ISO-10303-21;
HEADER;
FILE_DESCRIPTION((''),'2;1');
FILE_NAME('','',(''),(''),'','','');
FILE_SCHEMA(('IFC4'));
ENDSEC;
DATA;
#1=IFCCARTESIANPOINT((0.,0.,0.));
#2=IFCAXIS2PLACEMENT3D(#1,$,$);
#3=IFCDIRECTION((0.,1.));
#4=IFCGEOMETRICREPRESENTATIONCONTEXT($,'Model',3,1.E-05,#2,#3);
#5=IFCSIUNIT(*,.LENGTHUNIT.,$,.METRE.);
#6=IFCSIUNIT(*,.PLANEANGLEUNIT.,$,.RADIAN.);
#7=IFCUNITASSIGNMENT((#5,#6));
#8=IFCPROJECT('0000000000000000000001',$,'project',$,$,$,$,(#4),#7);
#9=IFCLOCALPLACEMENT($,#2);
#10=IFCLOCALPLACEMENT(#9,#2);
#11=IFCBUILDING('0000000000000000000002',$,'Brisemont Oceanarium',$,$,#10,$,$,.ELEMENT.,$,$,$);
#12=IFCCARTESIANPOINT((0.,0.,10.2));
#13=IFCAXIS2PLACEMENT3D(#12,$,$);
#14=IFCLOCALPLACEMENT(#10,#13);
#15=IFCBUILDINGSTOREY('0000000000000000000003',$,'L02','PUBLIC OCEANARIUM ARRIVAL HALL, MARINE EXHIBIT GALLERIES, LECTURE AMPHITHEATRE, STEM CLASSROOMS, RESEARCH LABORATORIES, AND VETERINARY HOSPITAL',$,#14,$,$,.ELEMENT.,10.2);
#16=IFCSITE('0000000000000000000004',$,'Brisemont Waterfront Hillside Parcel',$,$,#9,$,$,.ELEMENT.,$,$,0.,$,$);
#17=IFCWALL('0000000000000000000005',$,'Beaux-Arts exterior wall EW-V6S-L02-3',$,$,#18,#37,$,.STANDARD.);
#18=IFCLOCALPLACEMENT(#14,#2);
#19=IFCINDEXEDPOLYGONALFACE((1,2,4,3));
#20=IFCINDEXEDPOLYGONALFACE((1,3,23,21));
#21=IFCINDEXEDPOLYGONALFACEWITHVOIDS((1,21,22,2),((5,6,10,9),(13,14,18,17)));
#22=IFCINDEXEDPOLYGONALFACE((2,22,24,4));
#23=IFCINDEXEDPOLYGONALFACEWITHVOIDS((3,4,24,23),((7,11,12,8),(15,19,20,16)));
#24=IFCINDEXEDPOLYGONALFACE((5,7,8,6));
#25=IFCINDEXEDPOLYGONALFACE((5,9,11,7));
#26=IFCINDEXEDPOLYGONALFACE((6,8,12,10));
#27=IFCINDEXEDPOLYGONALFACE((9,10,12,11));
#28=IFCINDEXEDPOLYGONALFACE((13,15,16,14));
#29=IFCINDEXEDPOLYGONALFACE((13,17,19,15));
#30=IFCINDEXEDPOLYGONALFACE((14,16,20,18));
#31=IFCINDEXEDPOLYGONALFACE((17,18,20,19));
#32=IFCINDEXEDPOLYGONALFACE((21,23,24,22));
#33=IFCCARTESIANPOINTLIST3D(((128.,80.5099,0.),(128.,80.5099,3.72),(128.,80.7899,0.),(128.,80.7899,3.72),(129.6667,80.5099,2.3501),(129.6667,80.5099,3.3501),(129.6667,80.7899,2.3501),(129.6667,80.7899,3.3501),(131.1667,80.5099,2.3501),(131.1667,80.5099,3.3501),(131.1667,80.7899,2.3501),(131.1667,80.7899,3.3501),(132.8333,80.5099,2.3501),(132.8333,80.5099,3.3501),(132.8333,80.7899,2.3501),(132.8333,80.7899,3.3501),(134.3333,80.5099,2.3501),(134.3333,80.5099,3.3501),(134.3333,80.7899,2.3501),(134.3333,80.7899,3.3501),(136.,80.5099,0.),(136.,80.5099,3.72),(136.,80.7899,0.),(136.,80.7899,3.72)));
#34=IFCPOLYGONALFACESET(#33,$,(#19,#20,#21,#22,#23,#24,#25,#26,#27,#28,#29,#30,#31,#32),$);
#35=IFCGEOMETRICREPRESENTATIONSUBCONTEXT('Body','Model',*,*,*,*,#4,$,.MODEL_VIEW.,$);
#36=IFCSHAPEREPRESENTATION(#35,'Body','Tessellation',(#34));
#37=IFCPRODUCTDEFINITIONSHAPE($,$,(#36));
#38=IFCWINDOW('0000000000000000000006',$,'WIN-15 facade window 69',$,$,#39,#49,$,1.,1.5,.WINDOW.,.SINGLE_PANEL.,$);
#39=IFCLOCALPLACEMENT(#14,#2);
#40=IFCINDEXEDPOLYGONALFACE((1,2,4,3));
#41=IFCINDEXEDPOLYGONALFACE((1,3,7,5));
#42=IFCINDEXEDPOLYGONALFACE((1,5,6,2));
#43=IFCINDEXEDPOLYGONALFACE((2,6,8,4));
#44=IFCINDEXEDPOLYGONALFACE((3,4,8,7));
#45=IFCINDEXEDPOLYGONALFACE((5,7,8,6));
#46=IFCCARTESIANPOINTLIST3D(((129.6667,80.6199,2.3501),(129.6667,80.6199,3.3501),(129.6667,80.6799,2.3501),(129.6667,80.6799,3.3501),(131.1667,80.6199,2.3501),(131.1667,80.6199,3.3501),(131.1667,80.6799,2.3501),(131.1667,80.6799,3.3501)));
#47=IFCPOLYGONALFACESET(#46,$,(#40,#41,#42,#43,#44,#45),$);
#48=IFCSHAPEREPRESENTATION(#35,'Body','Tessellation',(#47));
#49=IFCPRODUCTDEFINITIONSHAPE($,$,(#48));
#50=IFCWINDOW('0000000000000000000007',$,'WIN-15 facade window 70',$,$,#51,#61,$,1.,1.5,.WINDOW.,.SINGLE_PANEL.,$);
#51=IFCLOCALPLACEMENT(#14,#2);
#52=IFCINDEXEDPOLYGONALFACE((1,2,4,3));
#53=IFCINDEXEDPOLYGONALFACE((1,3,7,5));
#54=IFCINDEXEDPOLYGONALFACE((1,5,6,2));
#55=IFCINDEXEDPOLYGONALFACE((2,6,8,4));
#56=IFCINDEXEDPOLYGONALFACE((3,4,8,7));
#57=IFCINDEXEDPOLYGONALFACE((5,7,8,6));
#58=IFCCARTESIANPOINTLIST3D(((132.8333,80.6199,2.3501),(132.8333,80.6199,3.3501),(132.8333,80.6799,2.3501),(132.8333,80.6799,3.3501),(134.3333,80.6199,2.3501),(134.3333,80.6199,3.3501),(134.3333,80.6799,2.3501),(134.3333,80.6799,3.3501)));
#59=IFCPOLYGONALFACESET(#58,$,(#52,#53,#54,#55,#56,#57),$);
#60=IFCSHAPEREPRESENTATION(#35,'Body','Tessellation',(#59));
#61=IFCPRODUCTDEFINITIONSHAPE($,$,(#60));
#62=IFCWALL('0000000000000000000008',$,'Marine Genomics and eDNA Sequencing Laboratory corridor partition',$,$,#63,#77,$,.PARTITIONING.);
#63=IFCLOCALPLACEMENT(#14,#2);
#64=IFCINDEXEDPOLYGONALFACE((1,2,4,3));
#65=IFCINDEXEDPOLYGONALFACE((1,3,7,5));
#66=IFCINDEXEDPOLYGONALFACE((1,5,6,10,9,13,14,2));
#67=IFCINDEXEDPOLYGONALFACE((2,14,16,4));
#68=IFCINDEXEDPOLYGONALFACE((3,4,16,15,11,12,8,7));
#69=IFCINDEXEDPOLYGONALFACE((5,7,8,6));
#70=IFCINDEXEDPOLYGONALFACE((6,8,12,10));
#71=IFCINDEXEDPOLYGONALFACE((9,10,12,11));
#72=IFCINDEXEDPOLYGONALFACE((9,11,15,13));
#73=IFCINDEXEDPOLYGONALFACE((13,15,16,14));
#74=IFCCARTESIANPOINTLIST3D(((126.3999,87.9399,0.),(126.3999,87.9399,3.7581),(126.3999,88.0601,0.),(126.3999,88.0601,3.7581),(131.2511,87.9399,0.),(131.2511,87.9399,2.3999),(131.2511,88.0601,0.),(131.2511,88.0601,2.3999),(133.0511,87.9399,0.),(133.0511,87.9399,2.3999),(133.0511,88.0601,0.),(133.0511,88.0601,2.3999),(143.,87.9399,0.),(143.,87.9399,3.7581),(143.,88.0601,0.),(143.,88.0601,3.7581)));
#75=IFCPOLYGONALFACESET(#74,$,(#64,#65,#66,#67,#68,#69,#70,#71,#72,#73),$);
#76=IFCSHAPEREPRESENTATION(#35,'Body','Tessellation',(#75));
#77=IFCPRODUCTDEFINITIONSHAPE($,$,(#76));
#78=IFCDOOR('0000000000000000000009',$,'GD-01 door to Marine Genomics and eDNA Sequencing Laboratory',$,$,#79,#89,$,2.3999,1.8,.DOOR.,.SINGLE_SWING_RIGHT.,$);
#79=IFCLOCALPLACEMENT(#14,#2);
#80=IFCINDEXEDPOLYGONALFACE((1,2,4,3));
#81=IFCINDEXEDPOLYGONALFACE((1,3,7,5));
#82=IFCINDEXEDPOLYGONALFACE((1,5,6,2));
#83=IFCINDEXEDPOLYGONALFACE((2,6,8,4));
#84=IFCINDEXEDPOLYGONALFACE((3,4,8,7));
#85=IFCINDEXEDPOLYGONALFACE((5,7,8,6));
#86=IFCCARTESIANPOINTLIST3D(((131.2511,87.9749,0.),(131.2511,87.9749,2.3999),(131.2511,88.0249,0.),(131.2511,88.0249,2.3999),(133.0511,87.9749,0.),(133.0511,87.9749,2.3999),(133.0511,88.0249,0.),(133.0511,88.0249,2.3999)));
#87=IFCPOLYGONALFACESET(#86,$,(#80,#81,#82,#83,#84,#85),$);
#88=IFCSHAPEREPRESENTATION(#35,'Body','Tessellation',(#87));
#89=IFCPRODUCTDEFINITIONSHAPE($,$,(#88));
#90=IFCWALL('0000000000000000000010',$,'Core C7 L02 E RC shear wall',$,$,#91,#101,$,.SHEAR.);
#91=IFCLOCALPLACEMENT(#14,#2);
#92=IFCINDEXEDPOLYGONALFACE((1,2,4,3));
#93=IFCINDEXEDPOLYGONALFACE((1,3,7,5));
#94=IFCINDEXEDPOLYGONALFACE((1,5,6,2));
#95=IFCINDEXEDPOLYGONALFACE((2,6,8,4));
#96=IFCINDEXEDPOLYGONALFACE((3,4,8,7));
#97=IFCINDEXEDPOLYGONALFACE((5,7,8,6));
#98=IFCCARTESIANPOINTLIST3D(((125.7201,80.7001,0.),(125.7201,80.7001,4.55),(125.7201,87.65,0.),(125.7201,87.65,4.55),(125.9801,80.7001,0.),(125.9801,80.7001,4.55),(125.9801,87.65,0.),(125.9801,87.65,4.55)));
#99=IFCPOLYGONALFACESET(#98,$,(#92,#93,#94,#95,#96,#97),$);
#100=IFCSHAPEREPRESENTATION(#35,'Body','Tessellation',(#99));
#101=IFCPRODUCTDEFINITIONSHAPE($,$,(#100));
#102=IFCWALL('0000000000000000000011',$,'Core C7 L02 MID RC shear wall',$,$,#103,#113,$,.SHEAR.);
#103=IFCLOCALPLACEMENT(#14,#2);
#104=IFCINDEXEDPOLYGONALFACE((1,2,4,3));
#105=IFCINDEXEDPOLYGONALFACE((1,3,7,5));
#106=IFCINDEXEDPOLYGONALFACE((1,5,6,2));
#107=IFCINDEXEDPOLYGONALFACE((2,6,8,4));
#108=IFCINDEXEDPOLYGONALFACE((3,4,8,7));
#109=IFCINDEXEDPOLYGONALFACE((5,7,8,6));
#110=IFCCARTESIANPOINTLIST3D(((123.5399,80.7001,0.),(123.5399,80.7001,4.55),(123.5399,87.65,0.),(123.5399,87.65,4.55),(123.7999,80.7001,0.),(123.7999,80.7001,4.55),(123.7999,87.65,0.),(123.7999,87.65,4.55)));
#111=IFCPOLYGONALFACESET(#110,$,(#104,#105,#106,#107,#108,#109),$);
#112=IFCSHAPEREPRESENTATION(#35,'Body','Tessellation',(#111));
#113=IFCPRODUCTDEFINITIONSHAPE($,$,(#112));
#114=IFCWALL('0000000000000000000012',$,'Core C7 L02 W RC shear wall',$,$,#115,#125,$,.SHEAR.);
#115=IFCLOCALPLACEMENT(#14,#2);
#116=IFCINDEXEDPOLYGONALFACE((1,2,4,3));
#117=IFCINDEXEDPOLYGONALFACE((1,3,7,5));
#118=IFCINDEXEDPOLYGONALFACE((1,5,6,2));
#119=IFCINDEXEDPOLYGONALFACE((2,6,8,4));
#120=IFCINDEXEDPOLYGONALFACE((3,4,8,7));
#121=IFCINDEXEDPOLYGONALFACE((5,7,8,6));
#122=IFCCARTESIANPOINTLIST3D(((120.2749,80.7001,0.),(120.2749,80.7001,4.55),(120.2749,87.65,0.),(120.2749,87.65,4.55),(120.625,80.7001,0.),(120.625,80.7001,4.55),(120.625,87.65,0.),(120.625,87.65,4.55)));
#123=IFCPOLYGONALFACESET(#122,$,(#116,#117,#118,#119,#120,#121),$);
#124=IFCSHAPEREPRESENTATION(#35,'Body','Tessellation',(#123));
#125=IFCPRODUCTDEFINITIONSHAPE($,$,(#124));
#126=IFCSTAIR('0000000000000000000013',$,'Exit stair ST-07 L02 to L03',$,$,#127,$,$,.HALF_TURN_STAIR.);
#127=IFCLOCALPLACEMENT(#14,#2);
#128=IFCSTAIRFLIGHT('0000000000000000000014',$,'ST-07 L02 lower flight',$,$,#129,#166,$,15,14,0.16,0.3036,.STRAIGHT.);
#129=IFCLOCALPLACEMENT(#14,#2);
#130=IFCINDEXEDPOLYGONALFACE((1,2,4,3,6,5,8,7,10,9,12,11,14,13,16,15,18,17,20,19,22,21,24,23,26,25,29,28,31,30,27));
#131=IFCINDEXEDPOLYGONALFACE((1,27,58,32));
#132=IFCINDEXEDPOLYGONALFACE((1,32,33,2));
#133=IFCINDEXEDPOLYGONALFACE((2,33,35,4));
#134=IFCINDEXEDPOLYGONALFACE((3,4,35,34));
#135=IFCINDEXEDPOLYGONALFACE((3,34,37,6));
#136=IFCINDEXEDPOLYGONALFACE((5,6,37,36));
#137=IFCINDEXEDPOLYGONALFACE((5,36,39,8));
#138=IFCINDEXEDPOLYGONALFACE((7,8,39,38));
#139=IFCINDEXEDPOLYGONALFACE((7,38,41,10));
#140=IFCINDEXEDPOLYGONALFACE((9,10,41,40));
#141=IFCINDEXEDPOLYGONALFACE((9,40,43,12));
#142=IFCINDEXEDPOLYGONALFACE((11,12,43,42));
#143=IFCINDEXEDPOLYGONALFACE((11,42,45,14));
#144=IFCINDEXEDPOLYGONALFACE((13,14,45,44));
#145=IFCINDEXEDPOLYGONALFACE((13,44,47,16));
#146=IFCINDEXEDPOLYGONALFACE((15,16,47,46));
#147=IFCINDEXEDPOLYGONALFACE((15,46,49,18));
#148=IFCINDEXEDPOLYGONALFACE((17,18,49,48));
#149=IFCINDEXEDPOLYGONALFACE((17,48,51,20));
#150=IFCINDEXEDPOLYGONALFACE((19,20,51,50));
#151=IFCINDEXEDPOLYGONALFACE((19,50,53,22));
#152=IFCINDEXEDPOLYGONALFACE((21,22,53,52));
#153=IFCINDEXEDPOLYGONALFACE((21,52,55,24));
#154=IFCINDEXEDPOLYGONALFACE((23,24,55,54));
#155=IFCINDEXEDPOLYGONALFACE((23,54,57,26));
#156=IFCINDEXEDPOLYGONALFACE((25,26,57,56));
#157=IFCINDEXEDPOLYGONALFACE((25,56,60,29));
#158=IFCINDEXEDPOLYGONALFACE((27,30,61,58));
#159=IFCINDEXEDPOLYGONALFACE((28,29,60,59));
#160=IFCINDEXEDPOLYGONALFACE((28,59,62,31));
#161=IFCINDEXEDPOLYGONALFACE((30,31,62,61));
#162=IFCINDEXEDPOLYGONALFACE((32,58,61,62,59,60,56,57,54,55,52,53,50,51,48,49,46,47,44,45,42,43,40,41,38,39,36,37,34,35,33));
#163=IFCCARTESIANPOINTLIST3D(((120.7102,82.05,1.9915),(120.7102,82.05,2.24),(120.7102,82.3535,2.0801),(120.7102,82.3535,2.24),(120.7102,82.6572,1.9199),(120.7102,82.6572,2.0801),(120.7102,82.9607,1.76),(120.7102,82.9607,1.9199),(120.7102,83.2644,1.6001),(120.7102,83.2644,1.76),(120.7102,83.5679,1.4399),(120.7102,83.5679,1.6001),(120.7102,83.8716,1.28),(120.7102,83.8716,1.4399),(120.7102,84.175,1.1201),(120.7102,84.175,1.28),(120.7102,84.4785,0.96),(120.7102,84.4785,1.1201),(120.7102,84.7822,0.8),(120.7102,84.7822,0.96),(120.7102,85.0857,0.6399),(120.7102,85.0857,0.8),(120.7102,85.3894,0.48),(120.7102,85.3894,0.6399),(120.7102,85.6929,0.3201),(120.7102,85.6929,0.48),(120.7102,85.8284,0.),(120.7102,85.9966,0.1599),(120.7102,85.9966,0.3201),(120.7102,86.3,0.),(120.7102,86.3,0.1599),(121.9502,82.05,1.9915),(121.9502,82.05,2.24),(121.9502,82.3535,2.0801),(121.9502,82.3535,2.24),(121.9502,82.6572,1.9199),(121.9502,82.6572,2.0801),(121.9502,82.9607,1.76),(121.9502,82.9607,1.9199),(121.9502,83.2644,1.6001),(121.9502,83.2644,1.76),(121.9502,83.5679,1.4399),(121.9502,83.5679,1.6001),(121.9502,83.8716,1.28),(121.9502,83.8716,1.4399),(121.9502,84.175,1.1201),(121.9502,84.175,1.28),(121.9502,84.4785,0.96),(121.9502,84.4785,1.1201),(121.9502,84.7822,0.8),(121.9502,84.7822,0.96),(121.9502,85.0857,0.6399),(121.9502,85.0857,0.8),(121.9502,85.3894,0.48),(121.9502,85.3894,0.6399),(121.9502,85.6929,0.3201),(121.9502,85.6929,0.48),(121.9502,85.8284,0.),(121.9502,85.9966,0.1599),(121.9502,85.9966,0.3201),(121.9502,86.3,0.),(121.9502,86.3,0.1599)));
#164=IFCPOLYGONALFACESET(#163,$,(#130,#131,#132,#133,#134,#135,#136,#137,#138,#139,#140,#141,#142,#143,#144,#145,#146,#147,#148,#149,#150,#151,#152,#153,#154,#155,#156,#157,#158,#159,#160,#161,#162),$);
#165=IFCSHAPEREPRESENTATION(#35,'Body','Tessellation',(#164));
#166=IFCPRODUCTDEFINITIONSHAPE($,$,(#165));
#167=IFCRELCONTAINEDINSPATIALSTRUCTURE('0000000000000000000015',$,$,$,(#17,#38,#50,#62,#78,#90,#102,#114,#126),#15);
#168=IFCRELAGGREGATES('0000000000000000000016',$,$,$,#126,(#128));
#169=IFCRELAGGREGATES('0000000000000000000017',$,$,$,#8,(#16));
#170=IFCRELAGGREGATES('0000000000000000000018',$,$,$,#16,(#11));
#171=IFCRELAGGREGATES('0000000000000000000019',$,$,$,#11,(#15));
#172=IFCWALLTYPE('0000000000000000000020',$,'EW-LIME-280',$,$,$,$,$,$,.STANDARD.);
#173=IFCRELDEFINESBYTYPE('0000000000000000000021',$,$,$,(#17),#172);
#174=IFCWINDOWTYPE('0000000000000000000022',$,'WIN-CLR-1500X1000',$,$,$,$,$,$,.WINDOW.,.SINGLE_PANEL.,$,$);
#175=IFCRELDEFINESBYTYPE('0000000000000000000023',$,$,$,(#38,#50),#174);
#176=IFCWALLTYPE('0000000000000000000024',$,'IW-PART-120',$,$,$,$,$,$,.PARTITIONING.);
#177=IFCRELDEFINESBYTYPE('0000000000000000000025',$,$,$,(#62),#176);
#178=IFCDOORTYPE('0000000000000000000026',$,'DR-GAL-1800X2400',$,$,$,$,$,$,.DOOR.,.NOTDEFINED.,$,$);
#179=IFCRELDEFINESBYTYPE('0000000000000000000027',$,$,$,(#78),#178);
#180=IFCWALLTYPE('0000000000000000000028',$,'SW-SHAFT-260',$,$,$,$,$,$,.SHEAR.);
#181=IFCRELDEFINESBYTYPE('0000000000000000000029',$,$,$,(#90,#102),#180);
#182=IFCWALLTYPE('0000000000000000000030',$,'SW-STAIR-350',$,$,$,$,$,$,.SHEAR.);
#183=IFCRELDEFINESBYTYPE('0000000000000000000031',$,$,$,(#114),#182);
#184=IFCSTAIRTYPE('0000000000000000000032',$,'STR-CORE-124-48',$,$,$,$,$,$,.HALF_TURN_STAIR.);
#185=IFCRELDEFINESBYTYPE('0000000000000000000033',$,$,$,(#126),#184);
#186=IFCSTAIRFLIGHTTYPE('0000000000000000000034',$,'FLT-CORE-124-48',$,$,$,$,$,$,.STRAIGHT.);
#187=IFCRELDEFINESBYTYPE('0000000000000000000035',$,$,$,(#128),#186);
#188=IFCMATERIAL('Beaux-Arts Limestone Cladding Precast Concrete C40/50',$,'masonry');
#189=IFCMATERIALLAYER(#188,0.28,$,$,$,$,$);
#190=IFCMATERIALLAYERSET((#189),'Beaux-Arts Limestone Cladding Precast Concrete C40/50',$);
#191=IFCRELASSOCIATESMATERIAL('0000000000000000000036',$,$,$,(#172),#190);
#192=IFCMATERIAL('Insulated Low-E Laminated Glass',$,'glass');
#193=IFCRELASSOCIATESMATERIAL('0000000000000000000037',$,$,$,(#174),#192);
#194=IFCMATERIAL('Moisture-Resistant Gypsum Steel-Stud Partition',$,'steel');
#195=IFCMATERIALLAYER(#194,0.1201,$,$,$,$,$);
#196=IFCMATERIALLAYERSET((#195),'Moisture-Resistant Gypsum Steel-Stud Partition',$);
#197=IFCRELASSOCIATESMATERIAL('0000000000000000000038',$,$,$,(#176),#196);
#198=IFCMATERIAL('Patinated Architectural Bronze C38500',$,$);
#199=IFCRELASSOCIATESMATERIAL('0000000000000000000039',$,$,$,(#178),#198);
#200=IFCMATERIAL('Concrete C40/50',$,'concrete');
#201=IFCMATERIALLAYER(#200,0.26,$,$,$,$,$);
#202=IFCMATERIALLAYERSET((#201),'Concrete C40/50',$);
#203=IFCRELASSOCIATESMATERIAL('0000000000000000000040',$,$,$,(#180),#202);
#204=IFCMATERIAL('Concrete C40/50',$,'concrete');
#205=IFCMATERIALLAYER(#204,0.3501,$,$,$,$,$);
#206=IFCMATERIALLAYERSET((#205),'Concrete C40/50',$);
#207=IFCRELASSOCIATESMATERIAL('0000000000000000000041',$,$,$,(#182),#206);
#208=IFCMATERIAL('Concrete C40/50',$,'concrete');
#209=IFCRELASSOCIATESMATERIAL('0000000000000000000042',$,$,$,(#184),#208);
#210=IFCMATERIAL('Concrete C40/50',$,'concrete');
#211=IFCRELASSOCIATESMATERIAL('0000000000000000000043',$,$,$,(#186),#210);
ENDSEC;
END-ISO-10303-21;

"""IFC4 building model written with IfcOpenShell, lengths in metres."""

from ifc_helpers import new_model, si_unit, direction, frame, frame_2d, origin, place, context, subcontext, project, spatial, polyline, rectangle, outline, extrude, material, layer, layer_set, type_object, element, fill, aggregate, save


model = new_model("IFC4")

# Units and contexts
model_context = context("Model", 3, precision=1e-05, world=origin(), true_north=direction((0.0, 1.0)))
body_context = subcontext(model_context, "Body", "Model", "MODEL_VIEW")
ifc_project = project(units=[si_unit("LENGTHUNIT", "METRE"), si_unit("PLANEANGLEUNIT", "RADIAN")], contexts=[model_context])

# Site, building, storey
site_placement = place(None, origin())
site = spatial("IfcSite", under=ifc_project, at=site_placement, Name="Brisemont Waterfront Hillside Parcel", CompositionType="ELEMENT", RefElevation=0.0)
building_placement = place(site_placement, origin())
building = spatial("IfcBuilding", under=site, at=building_placement, Name="Brisemont Oceanarium", CompositionType="ELEMENT")
storey_placement = place(building_placement, frame((0.0, 0.0, 10.2)))
storey = spatial("IfcBuildingStorey", under=building, at=storey_placement, Name="L02", Description="PUBLIC OCEANARIUM ARRIVAL HALL, MARINE EXHIBIT GALLERIES, LECTURE AMPHITHEATRE, STEM CLASSROOMS, RESEARCH LABORATORIES, AND VETERINARY HOSPITAL", CompositionType="ELEMENT", Elevation=10.2)

# Wall, openings, windows
ifc_material_1 = material(Name="Beaux-Arts Limestone Cladding Precast Concrete C40/50", Category="masonry")
ifc_layer_1 = layer(ifc_material_1, 0.28)
ifc_layer_set_1 = layer_set([ifc_layer_1], Name="Beaux-Arts Limestone Cladding Precast Concrete C40/50")
wall_type_1 = type_object("IfcWallType", Name="EW-LIME-280", PredefinedType="STANDARD", material=ifc_layer_set_1)
wall_1_placement = place(storey_placement, frame((128.0, 80.6499, 0.0), z_axis=(0.0, 0.0, 1.0), x_axis=(1.0, 0.0, 0.0)))
wall_1 = element("IfcWall", 1, at=wall_1_placement, inside=storey, type_object=wall_type_1, Name="Beaux-Arts exterior wall EW-V6S-L02-3", PredefinedType="STANDARD", context=body_context, shape_type="SweptSolid", body=[
    extrude(rectangle(XDim=8.0, YDim=0.28, at=frame_2d((4.0, 0.0))), origin(), (0.0, 0.0, 1.0), 3.72),
])
opening_1_placement = place(wall_1_placement, frame((1.6667, 0.0, 2.3501)))
opening_1 = element("IfcOpeningElement", 2, at=opening_1_placement, cuts=wall_1, PredefinedType="OPENING", context=body_context, shape_type="SweptSolid", body=[
    extrude(rectangle(XDim=1.5, YDim=1.0, at=frame_2d((0.75, 0.5))), frame((0.0, 0.1499, 0.0), z_axis=(0.0, -1.0, 0.0), x_axis=(1.0, 0.0, 0.0)), (0.0, 0.0, 1.0), 0.3),
])
opening_2_placement = place(wall_1_placement, frame((4.8333, 0.0, 2.3501)))
opening_2 = element("IfcOpeningElement", 3, at=opening_2_placement, cuts=wall_1, PredefinedType="OPENING", context=body_context, shape_type="SweptSolid", body=[
    extrude(rectangle(XDim=1.5, YDim=1.0, at=frame_2d((0.75, 0.5))), frame((0.0, 0.1499, 0.0), z_axis=(0.0, -1.0, 0.0), x_axis=(1.0, 0.0, 0.0)), (0.0, 0.0, 1.0), 0.3),
])
ifc_material_2 = material(Name="Insulated Low-E Laminated Glass", Category="glass")
window_type = type_object("IfcWindowType", Name="WIN-CLR-1500X1000", PartitioningType="SINGLE_PANEL", PredefinedType="WINDOW", material=ifc_material_2)
window_1_placement = place(opening_1_placement, origin())
window_1 = element("IfcWindow", 4, at=window_1_placement, inside=storey, type_object=window_type, Name="WIN-15 facade window 69", OverallHeight=1.0, OverallWidth=1.5, PartitioningType="SINGLE_PANEL", PredefinedType="WINDOW", context=body_context, shape_type="SweptSolid", body=[
    extrude(rectangle(XDim=1.5, YDim=1.0, at=frame_2d((0.75, 0.5))), frame((0.0, 0.03, 0.0), z_axis=(0.0, -1.0, 0.0), x_axis=(1.0, 0.0, 0.0)), (0.0, 0.0, 1.0), 0.0601),
])
fill(opening_1, window_1)
window_2_placement = place(opening_2_placement, origin())
window_2 = element("IfcWindow", 5, at=window_2_placement, inside=storey, type_object=window_type, Name="WIN-15 facade window 70", OverallHeight=1.0, OverallWidth=1.5, PartitioningType="SINGLE_PANEL", PredefinedType="WINDOW", context=body_context, shape_type="SweptSolid", body=[
    extrude(rectangle(XDim=1.5, YDim=1.0, at=frame_2d((0.75, 0.5))), frame((0.0, 0.03, 0.0), z_axis=(0.0, -1.0, 0.0), x_axis=(1.0, 0.0, 0.0)), (0.0, 0.0, 1.0), 0.0601),
])
fill(opening_2, window_2)

# Wall, opening, door
ifc_material_3 = material(Name="Moisture-Resistant Gypsum Steel-Stud Partition", Category="steel")
ifc_layer_2 = layer(ifc_material_3, 0.1201)
ifc_layer_set_2 = layer_set([ifc_layer_2], Name="Moisture-Resistant Gypsum Steel-Stud Partition")
wall_type_2 = type_object("IfcWallType", Name="IW-PART-120", PredefinedType="PARTITIONING", material=ifc_layer_set_2)
wall_2_placement = place(storey_placement, frame((126.3999, 88.0, 0.0), z_axis=(0.0, 0.0, 1.0), x_axis=(1.0, 0.0, 0.0)))
wall_2 = element("IfcWall", 6, at=wall_2_placement, inside=storey, type_object=wall_type_2, Name="Marine Genomics and eDNA Sequencing Laboratory corridor partition", PredefinedType="PARTITIONING", context=body_context, shape_type="SweptSolid", body=[
    extrude(rectangle(XDim=16.6001, YDim=0.1201, at=frame_2d((8.3, 0.0))), origin(), (0.0, 0.0, 1.0), 3.7581),
])
opening_3_placement = place(wall_2_placement, frame((4.8513, 0.0, 0.0)))
opening_3 = element("IfcOpeningElement", 7, at=opening_3_placement, cuts=wall_2, PredefinedType="OPENING", context=body_context, shape_type="SweptSolid", body=[
    extrude(rectangle(XDim=1.8, YDim=2.3999, at=frame_2d((0.8999, 1.2))), frame((0.0, 0.0701, 0.0), z_axis=(0.0, -1.0, 0.0), x_axis=(1.0, 0.0, 0.0)), (0.0, 0.0, 1.0), 0.1401),
])
ifc_material_4 = material(Name="Patinated Architectural Bronze C38500")
door_type_1 = type_object("IfcDoorType", Name="DR-GAL-1800X2400", OperationType="NOTDEFINED", PredefinedType="DOOR", material=ifc_material_4)
door_1_placement = place(opening_3_placement, origin())
door_1 = element("IfcDoor", 8, at=door_1_placement, inside=storey, type_object=door_type_1, Name="GD-01 door to Marine Genomics and eDNA Sequencing Laboratory", OperationType="SINGLE_SWING_RIGHT", OverallHeight=2.3999, OverallWidth=1.8, PredefinedType="DOOR", context=body_context, shape_type="SweptSolid", body=[
    extrude(rectangle(XDim=1.8, YDim=2.3999, at=frame_2d((0.8999, 1.2))), frame((0.0, 0.0249, 0.0), z_axis=(0.0, -1.0, 0.0), x_axis=(1.0, 0.0, 0.0)), (0.0, 0.0, 1.0), 0.05),
])
fill(opening_3, door_1)

# Walls
ifc_material_5 = material(Name="Concrete C40/50", Category="concrete")
ifc_layer_3 = layer(ifc_material_5, 0.26)
ifc_layer_set_3 = layer_set([ifc_layer_3], Name="Concrete C40/50")
wall_type_3 = type_object("IfcWallType", Name="SW-SHAFT-260", PredefinedType="SHEAR", material=ifc_layer_set_3)
for number, where, z_axis, x_axis, name in (
    (9, (125.8501, 80.7, 0.0), (0.0, 0.0, 1.0), (0.0, 1.0, 0.0), "Core C7 L02 E RC shear wall"),
    (10, (123.6699, 80.7, 0.0), (0.0, 0.0, 1.0), (0.0, 1.0, 0.0), "Core C7 L02 MID RC shear wall"),
):
    element("IfcWall", number, at=place(storey_placement, frame(where, z_axis=z_axis, x_axis=x_axis)), inside=storey, type_object=wall_type_3, Name=name, PredefinedType="SHEAR", context=body_context, shape_type="SweptSolid", body=[
        extrude(rectangle(XDim=6.95, YDim=0.26, at=frame_2d((3.4751, 0.0))), origin(), (0.0, 0.0, 1.0), 4.55),
    ])

# Shared definitions
ifc_material_6 = material(Name="Concrete C40/50", Category="concrete")
ifc_layer_4 = layer(ifc_material_6, 0.3501)
ifc_layer_set_4 = layer_set([ifc_layer_4], Name="Concrete C40/50")
wall_type_4 = type_object("IfcWallType", Name="SW-STAIR-350", PredefinedType="SHEAR", material=ifc_layer_set_4)

# Wall
wall_3_placement = place(storey_placement, frame((120.45, 80.7, 0.0), z_axis=(0.0, 0.0, 1.0), x_axis=(0.0, 1.0, 0.0)))
element("IfcWall", 11, at=wall_3_placement, inside=storey, type_object=wall_type_4, Name="Core C7 L02 W RC shear wall", PredefinedType="SHEAR", context=body_context, shape_type="SweptSolid", body=[
    extrude(rectangle(XDim=6.95, YDim=0.3501, at=frame_2d((3.4751, 0.0))), origin(), (0.0, 0.0, 1.0), 4.55),
])

# Stair, stair flight
ifc_material_7 = material(Name="Concrete C40/50", Category="concrete")
stair_type = type_object("IfcStairType", Name="STR-CORE-124-48", PredefinedType="HALF_TURN_STAIR", material=ifc_material_7)
stair_placement = place(storey_placement, origin())
stair = element("IfcStair", 12, at=stair_placement, inside=storey, type_object=stair_type, Name="Exit stair ST-07 L02 to L03", PredefinedType="HALF_TURN_STAIR")
ifc_material_8 = material(Name="Concrete C40/50", Category="concrete")
stair_flight_type = type_object("IfcStairFlightType", Name="FLT-CORE-124-48", PredefinedType="STRAIGHT", material=ifc_material_8)
stair_flight_1_placement = place(storey_placement, frame((121.3301, 86.3, 0.0), z_axis=(0.0, 0.0, 1.0), x_axis=(0.0, -1.0, 0.0)))
stair_flight_1 = element("IfcStairFlight", 13, at=stair_flight_1_placement, type_object=stair_flight_type, Name="ST-07 L02 lower flight", NumberOfRisers=15, NumberOfTreads=14, PredefinedType="STRAIGHT", RiserHeight=0.16, TreadLength=0.3036, context=body_context, shape_type="SweptSolid", body=[
    extrude(outline(polyline([(0.0, 0.0), (0.0, 0.1599), (0.3035, 0.1599), (0.3035, 0.3201), (0.6072, 0.3201), (0.6072, 0.48), (0.9106, 0.48), (0.9106, 0.6399), (1.2144, 0.6399), (1.2144, 0.8), (1.5178, 0.8), (1.5178, 0.96), (1.8215, 0.96), (1.8215, 1.1201), (2.125, 1.1201), (2.125, 1.28), (2.4285, 1.28), (2.4285, 1.4399), (2.7322, 1.4399), (2.7322, 1.6001), (3.0356, 1.6001), (3.0356, 1.76), (3.3394, 1.76), (3.3394, 1.9199), (3.6428, 1.9199), (3.6428, 2.0801), (3.9465, 2.0801), (3.9465, 2.24), (4.25, 2.24), (4.25, 2.3999), (4.25, 1.9915), (0.4717, 0.0), (0.0, 0.0)])), frame((0.0, 0.6201, 0.0), z_axis=(0.0, -1.0, 0.0), x_axis=(1.0, 0.0, 0.0)), (0.0, 0.0, 1.0), 1.24),
])
aggregate(stair, [stair_flight_1])

save(model, "model.ifc")
